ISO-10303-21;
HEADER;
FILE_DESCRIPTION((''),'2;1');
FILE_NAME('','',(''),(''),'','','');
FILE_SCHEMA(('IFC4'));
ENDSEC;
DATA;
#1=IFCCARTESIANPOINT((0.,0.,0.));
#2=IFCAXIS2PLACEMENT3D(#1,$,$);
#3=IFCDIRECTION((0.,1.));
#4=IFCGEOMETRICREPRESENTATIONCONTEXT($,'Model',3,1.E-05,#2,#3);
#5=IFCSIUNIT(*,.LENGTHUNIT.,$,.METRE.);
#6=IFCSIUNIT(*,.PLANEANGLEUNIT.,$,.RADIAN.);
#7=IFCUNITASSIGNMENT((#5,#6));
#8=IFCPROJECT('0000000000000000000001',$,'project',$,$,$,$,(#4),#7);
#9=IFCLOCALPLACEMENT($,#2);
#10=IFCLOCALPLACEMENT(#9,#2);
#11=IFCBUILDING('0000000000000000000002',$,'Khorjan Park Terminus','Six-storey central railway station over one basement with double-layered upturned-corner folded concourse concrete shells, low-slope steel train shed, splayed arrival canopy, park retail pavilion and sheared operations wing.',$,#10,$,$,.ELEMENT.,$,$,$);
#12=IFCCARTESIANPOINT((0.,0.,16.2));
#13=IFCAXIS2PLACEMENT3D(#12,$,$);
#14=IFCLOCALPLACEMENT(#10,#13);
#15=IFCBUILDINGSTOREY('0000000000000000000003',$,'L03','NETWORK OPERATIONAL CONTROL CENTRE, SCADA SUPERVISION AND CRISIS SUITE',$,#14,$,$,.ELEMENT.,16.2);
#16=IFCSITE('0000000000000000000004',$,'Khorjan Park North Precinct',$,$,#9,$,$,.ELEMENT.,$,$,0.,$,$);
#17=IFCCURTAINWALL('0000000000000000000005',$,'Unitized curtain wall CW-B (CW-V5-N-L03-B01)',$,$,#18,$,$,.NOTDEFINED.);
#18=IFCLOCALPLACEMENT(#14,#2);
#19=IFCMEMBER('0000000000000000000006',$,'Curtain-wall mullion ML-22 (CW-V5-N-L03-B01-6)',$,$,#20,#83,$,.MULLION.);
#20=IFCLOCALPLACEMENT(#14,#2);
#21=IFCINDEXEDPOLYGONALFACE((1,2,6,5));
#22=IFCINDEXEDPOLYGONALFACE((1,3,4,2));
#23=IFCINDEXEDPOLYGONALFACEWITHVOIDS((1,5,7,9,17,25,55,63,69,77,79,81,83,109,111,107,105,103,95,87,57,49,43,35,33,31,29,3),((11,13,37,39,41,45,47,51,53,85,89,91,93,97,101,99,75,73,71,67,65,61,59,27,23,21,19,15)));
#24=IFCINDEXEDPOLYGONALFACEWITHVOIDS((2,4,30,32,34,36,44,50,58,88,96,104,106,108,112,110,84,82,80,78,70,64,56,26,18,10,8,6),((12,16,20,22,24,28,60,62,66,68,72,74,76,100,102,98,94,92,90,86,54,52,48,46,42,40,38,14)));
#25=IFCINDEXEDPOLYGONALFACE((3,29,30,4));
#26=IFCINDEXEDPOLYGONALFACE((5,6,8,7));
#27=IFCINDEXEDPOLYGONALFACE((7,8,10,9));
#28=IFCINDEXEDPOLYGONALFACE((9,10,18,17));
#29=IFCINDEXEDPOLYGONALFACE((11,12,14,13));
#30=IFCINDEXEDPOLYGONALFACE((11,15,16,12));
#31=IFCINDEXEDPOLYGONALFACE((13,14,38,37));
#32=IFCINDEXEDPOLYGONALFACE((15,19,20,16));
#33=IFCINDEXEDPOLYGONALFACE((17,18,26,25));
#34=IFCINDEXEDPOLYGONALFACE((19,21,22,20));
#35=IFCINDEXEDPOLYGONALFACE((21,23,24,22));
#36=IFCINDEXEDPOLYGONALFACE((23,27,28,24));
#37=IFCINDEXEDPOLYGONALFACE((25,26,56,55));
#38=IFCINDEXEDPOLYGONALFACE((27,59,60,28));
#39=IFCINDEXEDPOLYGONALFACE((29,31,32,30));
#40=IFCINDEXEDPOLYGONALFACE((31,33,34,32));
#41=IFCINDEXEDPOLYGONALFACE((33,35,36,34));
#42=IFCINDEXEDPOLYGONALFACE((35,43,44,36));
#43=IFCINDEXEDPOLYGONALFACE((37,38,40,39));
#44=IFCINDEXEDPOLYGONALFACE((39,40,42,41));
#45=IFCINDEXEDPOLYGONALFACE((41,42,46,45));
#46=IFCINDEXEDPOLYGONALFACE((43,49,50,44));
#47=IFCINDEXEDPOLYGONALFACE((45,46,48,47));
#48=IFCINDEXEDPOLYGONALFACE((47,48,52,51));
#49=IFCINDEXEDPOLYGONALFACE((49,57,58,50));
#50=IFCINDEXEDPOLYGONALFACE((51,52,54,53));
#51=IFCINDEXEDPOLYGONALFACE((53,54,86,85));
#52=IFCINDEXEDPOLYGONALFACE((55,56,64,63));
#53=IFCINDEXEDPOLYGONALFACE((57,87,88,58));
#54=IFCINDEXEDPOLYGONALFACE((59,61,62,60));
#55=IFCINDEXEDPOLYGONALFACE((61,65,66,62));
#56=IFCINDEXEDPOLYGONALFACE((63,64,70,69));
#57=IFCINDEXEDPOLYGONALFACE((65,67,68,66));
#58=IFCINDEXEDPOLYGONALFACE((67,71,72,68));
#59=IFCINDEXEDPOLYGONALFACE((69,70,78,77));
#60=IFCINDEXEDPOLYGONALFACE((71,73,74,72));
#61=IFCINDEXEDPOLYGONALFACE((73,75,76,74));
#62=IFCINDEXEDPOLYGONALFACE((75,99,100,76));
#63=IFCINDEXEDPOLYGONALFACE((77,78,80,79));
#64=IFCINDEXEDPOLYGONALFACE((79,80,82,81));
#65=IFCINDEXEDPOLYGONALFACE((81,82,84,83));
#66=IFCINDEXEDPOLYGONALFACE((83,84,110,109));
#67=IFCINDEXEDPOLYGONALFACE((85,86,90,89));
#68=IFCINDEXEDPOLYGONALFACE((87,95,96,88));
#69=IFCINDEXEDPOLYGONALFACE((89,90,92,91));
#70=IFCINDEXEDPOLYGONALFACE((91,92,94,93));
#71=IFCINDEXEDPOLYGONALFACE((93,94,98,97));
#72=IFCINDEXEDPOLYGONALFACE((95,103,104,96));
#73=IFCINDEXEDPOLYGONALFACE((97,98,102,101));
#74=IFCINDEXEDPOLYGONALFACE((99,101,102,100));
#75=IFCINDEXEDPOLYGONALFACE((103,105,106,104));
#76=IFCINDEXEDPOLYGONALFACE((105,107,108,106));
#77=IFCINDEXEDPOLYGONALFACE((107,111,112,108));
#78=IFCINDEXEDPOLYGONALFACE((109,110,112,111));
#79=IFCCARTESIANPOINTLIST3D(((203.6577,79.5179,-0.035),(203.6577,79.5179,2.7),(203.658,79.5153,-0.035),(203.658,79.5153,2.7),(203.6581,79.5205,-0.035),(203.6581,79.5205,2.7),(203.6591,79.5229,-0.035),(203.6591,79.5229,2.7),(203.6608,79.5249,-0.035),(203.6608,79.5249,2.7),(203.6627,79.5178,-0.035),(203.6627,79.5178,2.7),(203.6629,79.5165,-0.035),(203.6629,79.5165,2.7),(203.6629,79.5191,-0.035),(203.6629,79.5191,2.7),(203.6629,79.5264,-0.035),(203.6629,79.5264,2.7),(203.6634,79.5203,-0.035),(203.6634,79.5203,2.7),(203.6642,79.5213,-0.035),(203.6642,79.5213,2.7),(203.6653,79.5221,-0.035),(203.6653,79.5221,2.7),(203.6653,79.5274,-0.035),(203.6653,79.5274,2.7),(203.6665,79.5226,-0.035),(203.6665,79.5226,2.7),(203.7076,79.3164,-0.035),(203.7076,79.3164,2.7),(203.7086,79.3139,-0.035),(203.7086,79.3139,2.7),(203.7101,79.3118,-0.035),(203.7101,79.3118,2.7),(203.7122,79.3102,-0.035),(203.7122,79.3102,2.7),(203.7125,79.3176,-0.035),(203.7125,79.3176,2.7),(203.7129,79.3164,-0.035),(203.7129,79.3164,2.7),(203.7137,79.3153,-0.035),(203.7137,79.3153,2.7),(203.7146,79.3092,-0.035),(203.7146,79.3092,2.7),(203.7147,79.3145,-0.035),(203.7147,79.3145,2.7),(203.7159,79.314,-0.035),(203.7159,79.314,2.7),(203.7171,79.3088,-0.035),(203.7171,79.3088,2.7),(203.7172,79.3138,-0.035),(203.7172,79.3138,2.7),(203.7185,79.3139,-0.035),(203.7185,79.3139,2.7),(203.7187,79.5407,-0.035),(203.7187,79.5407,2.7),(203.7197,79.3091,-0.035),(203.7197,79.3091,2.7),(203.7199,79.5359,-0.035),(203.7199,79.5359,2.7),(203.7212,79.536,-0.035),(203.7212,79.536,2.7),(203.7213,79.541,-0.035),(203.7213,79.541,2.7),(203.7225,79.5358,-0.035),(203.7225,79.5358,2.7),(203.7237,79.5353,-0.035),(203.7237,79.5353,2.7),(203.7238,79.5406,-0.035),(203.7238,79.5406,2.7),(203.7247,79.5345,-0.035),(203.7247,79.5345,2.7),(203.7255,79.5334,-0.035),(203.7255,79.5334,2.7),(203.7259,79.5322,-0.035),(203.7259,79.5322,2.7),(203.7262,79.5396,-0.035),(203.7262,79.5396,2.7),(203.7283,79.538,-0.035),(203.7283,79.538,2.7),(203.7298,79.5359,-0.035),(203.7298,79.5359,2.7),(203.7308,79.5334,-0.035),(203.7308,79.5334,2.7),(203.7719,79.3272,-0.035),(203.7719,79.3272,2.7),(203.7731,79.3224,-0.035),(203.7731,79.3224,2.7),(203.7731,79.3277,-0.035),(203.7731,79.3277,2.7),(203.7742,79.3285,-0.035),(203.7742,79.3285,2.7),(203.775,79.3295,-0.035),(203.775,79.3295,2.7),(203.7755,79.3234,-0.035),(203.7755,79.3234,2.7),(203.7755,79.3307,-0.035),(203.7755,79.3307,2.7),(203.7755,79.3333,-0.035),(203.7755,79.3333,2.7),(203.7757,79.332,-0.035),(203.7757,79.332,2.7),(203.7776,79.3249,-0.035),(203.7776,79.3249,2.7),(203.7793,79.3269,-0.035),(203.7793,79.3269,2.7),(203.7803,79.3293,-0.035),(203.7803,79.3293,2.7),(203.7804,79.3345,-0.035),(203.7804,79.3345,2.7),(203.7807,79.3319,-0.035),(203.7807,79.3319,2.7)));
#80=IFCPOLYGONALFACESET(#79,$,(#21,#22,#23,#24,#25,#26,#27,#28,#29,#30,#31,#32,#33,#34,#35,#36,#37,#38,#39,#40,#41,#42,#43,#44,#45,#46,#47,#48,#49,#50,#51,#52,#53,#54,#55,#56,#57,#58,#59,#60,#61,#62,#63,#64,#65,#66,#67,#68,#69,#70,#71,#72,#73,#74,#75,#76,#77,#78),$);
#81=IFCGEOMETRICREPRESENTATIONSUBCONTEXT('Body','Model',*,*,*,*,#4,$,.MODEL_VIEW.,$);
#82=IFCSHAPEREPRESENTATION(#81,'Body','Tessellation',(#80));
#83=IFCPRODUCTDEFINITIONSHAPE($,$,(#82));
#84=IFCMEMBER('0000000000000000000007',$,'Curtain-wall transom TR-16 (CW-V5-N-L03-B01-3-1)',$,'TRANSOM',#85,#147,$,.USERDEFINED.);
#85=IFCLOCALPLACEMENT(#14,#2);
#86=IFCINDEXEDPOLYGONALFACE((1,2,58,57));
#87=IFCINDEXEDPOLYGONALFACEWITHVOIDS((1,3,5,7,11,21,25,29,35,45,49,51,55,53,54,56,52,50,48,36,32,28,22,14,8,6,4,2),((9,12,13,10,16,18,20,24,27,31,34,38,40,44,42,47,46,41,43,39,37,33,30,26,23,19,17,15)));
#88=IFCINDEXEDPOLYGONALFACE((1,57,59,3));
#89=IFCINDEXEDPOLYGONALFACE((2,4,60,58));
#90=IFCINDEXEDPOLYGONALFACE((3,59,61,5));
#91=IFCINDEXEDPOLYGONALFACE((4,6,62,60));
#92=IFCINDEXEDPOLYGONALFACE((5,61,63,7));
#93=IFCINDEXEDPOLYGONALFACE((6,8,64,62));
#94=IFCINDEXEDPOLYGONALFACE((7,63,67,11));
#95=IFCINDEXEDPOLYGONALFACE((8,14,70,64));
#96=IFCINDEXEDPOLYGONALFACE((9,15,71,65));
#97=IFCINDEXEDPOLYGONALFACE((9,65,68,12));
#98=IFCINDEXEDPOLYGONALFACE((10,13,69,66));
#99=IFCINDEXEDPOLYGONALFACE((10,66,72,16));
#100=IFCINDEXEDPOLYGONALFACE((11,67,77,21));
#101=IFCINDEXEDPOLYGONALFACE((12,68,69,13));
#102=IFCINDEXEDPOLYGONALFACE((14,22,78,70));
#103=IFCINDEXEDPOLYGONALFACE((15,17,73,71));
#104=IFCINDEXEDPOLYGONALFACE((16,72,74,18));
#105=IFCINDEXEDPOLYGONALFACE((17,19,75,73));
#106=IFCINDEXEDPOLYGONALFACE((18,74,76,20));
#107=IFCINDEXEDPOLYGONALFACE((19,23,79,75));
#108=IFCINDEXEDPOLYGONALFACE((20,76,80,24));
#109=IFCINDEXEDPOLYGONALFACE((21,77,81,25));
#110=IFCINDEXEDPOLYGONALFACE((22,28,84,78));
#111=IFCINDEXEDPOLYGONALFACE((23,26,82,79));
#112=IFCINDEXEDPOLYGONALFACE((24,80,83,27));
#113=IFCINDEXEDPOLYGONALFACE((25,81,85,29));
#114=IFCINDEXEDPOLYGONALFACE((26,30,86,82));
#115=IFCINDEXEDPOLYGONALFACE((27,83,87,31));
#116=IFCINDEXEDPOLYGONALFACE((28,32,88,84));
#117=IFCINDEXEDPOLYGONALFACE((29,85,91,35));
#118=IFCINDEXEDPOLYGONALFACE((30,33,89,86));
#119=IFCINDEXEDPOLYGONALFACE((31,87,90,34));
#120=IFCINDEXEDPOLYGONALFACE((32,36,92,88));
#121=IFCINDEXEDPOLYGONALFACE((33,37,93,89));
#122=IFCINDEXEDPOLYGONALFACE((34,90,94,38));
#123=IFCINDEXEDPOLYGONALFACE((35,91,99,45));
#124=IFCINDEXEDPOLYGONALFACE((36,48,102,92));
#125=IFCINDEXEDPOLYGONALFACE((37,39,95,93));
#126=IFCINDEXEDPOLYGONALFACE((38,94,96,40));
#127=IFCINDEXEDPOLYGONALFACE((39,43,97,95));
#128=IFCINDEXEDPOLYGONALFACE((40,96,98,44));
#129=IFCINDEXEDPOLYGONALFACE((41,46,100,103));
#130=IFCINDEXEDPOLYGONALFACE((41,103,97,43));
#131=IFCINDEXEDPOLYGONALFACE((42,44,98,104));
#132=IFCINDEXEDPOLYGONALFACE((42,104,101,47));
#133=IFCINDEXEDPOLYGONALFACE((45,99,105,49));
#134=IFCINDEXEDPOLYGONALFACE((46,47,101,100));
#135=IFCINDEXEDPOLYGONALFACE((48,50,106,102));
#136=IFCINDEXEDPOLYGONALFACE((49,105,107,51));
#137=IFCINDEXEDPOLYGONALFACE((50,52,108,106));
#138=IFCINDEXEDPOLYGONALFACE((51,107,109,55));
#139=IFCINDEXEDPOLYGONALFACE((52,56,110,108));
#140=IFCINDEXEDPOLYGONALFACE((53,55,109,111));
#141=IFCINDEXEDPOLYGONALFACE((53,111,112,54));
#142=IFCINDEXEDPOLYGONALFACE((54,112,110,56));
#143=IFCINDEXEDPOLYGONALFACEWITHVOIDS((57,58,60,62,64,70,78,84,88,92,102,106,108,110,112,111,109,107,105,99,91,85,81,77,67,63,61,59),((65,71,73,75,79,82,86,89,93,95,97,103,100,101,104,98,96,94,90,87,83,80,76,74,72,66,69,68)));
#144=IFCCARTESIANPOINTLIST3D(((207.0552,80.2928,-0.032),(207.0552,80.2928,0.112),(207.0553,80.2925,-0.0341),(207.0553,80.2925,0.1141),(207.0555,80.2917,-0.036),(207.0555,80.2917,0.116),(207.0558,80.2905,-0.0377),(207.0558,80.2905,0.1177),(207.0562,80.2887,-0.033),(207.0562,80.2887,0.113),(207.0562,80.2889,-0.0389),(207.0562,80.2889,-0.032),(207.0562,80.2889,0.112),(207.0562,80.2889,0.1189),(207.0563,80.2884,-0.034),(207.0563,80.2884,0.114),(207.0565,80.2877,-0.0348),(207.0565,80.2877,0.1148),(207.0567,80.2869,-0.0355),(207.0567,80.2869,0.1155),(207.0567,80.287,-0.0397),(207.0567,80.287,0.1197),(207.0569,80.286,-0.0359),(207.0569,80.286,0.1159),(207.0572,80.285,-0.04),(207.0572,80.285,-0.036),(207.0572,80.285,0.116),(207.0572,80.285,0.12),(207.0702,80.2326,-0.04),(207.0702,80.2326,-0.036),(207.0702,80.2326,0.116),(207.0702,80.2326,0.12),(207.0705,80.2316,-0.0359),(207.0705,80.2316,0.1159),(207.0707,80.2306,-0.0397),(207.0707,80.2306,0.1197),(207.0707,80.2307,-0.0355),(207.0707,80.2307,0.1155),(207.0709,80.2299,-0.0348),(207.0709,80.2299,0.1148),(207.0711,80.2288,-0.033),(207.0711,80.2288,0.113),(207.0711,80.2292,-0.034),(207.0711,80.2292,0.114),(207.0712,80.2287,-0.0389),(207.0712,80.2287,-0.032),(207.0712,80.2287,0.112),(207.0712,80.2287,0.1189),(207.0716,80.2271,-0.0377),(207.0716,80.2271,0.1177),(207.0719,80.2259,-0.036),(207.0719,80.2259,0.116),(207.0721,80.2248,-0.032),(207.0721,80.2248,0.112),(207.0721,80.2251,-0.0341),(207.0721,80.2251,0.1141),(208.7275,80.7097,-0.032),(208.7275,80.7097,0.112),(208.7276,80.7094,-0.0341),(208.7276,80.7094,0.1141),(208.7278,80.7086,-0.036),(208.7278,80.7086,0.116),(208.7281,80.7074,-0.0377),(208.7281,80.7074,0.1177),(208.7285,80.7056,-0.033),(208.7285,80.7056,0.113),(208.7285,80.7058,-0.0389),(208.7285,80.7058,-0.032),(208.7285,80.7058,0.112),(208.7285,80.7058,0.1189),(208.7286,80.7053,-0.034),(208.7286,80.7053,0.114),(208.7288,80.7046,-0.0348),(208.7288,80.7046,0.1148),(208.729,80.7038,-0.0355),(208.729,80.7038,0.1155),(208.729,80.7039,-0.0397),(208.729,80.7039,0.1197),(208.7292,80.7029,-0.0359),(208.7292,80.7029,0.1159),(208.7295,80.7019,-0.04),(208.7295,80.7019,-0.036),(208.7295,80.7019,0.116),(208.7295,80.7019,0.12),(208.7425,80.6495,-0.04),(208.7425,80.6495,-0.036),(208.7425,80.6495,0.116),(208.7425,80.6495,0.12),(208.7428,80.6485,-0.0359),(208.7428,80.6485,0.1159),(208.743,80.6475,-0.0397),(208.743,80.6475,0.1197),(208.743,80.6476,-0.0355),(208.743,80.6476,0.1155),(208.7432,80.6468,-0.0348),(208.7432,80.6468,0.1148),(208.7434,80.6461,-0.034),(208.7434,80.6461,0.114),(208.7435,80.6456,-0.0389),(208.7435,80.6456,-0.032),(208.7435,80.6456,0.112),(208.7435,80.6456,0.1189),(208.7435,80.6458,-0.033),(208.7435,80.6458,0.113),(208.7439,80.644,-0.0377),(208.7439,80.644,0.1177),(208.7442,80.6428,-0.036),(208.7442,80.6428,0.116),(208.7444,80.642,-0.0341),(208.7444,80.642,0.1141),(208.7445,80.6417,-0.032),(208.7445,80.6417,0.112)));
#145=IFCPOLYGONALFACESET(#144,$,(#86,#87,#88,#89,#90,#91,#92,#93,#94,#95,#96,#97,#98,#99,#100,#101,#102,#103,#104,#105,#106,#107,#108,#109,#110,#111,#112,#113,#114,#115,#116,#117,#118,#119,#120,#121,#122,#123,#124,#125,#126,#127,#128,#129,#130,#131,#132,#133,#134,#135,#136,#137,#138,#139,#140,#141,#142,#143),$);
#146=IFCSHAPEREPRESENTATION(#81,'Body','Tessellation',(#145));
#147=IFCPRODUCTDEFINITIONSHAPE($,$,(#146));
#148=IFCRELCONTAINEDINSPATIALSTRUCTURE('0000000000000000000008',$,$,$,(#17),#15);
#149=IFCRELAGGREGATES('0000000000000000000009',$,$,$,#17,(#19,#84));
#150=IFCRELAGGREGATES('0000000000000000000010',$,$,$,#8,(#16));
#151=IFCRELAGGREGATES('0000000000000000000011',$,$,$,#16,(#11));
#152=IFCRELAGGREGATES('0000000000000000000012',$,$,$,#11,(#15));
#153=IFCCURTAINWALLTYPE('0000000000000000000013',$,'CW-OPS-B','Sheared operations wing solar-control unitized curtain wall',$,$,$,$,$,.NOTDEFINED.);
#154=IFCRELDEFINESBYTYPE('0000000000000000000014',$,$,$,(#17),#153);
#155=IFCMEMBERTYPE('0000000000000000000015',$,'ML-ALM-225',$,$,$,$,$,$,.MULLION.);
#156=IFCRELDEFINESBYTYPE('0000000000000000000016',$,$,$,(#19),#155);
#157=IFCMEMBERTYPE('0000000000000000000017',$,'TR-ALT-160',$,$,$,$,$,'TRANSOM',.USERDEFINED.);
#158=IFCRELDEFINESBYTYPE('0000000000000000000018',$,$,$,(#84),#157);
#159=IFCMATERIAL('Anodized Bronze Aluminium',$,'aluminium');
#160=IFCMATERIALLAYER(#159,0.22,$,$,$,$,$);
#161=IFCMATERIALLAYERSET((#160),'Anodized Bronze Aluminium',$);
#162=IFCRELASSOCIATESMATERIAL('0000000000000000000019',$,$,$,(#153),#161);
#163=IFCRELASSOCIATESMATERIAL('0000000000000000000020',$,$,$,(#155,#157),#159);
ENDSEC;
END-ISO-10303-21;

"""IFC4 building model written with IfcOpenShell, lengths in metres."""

from ifc_helpers import new_model, si_unit, direction, frame, origin, origin_2d, place, context, subcontext, project, spatial, hollow_rectangle, extrude, material, layer, layer_set, material_profile, profile_set, type_object, element, aggregate, save


model = new_model("IFC4")

# Units and contexts
model_context = context("Model", 3, precision=1e-05, world=origin(), true_north=direction((0.0, 1.0)))
body_context = subcontext(model_context, "Body", "Model", "MODEL_VIEW")
ifc_project = project(units=[si_unit("LENGTHUNIT", "METRE"), si_unit("PLANEANGLEUNIT", "RADIAN")], contexts=[model_context])

# Site, building, storey
site_placement = place(None, origin())
site = spatial("IfcSite", under=ifc_project, at=site_placement, Name="Khorjan Park North Precinct", CompositionType="ELEMENT", RefElevation=0.0)
building_placement = place(site_placement, origin())
building = spatial("IfcBuilding", under=site, at=building_placement, Name="Khorjan Park Terminus", Description="Six-storey central railway station over one basement with double-layered upturned-corner folded concourse concrete shells, low-slope steel train shed, splayed arrival canopy, park retail pavilion and sheared operations wing.", CompositionType="ELEMENT")
storey_placement = place(building_placement, frame((0.0, 0.0, 16.2)))
storey = spatial("IfcBuildingStorey", under=building, at=storey_placement, Name="L03", Description="NETWORK OPERATIONAL CONTROL CENTRE, SCADA SUPERVISION AND CRISIS SUITE", CompositionType="ELEMENT", Elevation=16.2)

# Curtain wall, members
ifc_material_1 = material(Name="Anodized Bronze Aluminium", Category="aluminium")
ifc_layer_1 = layer(ifc_material_1, 0.22)
ifc_layer_set_1 = layer_set([ifc_layer_1], Name="Anodized Bronze Aluminium")
curtain_wall_type = type_object("IfcCurtainWallType", Name="CW-OPS-B", Description="Sheared operations wing solar-control unitized curtain wall", PredefinedType="NOTDEFINED", material=ifc_layer_set_1)
curtain_wall_placement = place(storey_placement, origin())
curtain_wall = element("IfcCurtainWall", 1, at=curtain_wall_placement, inside=storey, type_object=curtain_wall_type, Name="Unitized curtain wall CW-B (CW-V5-N-L03-B01)", PredefinedType="NOTDEFINED")
ifc_material_profile_1 = material_profile(ifc_material_1, hollow_rectangle(XDim=0.075, YDim=0.225, WallThickness=0.005, InnerFilletRadius=0.005, OuterFilletRadius=0.01, at=origin_2d()), Name="ALM 75x225x5")
ifc_profile_set_1 = profile_set([ifc_material_profile_1], Name="Anodized Bronze Aluminium")
member_type_1 = type_object("IfcMemberType", Name="ML-ALM-225", PredefinedType="MULLION", material=ifc_profile_set_1)
member_1_placement = place(storey_placement, frame((203.7192, 79.4249, -0.035), z_axis=(0.0, 0.0, 1.0), x_axis=(-0.970294, -0.241928, 0.0)))
member_1 = element("IfcMember", 2, at=member_1_placement, type_object=member_type_1, Name="Curtain-wall mullion ML-22 (CW-V5-N-L03-B01-6)", PredefinedType="MULLION", context=body_context, shape_type="SweptSolid", body=[
    extrude(hollow_rectangle(XDim=0.075, YDim=0.225, WallThickness=0.005, InnerFilletRadius=0.005, OuterFilletRadius=0.01, at=origin_2d()), origin(), (0.0, 0.0, 1.0), 2.735),
])
ifc_material_profile_2 = material_profile(ifc_material_1, hollow_rectangle(XDim=0.07, YDim=0.16, WallThickness=0.004, InnerFilletRadius=0.004, OuterFilletRadius=0.008, at=origin_2d()), Name="ALT 70x160x4")
ifc_profile_set_2 = profile_set([ifc_material_profile_2], Name="Anodized Bronze Aluminium")
member_type_2 = type_object("IfcMemberType", Name="TR-ALT-160", ElementType="TRANSOM", PredefinedType="USERDEFINED", material=ifc_profile_set_2)
member_2_placement = place(storey_placement, frame((208.736, 80.6757, 0.04), z_axis=(-0.970303, -0.241894, 0.0), x_axis=(0.241894, -0.970303, 0.0)))
member_2 = element("IfcMember", 3, at=member_2_placement, type_object=member_type_2, Name="Curtain-wall transom TR-16 (CW-V5-N-L03-B01-3-1)", ObjectType="TRANSOM", PredefinedType="USERDEFINED", context=body_context, shape_type="SweptSolid", body=[
    extrude(hollow_rectangle(XDim=0.07, YDim=0.16, WallThickness=0.004, InnerFilletRadius=0.004, OuterFilletRadius=0.008, at=origin_2d()), origin(), (0.0, 0.0, 1.0), 1.7235),
])
aggregate(curtain_wall, [member_1, member_2])

save(model, "model.ifc")
